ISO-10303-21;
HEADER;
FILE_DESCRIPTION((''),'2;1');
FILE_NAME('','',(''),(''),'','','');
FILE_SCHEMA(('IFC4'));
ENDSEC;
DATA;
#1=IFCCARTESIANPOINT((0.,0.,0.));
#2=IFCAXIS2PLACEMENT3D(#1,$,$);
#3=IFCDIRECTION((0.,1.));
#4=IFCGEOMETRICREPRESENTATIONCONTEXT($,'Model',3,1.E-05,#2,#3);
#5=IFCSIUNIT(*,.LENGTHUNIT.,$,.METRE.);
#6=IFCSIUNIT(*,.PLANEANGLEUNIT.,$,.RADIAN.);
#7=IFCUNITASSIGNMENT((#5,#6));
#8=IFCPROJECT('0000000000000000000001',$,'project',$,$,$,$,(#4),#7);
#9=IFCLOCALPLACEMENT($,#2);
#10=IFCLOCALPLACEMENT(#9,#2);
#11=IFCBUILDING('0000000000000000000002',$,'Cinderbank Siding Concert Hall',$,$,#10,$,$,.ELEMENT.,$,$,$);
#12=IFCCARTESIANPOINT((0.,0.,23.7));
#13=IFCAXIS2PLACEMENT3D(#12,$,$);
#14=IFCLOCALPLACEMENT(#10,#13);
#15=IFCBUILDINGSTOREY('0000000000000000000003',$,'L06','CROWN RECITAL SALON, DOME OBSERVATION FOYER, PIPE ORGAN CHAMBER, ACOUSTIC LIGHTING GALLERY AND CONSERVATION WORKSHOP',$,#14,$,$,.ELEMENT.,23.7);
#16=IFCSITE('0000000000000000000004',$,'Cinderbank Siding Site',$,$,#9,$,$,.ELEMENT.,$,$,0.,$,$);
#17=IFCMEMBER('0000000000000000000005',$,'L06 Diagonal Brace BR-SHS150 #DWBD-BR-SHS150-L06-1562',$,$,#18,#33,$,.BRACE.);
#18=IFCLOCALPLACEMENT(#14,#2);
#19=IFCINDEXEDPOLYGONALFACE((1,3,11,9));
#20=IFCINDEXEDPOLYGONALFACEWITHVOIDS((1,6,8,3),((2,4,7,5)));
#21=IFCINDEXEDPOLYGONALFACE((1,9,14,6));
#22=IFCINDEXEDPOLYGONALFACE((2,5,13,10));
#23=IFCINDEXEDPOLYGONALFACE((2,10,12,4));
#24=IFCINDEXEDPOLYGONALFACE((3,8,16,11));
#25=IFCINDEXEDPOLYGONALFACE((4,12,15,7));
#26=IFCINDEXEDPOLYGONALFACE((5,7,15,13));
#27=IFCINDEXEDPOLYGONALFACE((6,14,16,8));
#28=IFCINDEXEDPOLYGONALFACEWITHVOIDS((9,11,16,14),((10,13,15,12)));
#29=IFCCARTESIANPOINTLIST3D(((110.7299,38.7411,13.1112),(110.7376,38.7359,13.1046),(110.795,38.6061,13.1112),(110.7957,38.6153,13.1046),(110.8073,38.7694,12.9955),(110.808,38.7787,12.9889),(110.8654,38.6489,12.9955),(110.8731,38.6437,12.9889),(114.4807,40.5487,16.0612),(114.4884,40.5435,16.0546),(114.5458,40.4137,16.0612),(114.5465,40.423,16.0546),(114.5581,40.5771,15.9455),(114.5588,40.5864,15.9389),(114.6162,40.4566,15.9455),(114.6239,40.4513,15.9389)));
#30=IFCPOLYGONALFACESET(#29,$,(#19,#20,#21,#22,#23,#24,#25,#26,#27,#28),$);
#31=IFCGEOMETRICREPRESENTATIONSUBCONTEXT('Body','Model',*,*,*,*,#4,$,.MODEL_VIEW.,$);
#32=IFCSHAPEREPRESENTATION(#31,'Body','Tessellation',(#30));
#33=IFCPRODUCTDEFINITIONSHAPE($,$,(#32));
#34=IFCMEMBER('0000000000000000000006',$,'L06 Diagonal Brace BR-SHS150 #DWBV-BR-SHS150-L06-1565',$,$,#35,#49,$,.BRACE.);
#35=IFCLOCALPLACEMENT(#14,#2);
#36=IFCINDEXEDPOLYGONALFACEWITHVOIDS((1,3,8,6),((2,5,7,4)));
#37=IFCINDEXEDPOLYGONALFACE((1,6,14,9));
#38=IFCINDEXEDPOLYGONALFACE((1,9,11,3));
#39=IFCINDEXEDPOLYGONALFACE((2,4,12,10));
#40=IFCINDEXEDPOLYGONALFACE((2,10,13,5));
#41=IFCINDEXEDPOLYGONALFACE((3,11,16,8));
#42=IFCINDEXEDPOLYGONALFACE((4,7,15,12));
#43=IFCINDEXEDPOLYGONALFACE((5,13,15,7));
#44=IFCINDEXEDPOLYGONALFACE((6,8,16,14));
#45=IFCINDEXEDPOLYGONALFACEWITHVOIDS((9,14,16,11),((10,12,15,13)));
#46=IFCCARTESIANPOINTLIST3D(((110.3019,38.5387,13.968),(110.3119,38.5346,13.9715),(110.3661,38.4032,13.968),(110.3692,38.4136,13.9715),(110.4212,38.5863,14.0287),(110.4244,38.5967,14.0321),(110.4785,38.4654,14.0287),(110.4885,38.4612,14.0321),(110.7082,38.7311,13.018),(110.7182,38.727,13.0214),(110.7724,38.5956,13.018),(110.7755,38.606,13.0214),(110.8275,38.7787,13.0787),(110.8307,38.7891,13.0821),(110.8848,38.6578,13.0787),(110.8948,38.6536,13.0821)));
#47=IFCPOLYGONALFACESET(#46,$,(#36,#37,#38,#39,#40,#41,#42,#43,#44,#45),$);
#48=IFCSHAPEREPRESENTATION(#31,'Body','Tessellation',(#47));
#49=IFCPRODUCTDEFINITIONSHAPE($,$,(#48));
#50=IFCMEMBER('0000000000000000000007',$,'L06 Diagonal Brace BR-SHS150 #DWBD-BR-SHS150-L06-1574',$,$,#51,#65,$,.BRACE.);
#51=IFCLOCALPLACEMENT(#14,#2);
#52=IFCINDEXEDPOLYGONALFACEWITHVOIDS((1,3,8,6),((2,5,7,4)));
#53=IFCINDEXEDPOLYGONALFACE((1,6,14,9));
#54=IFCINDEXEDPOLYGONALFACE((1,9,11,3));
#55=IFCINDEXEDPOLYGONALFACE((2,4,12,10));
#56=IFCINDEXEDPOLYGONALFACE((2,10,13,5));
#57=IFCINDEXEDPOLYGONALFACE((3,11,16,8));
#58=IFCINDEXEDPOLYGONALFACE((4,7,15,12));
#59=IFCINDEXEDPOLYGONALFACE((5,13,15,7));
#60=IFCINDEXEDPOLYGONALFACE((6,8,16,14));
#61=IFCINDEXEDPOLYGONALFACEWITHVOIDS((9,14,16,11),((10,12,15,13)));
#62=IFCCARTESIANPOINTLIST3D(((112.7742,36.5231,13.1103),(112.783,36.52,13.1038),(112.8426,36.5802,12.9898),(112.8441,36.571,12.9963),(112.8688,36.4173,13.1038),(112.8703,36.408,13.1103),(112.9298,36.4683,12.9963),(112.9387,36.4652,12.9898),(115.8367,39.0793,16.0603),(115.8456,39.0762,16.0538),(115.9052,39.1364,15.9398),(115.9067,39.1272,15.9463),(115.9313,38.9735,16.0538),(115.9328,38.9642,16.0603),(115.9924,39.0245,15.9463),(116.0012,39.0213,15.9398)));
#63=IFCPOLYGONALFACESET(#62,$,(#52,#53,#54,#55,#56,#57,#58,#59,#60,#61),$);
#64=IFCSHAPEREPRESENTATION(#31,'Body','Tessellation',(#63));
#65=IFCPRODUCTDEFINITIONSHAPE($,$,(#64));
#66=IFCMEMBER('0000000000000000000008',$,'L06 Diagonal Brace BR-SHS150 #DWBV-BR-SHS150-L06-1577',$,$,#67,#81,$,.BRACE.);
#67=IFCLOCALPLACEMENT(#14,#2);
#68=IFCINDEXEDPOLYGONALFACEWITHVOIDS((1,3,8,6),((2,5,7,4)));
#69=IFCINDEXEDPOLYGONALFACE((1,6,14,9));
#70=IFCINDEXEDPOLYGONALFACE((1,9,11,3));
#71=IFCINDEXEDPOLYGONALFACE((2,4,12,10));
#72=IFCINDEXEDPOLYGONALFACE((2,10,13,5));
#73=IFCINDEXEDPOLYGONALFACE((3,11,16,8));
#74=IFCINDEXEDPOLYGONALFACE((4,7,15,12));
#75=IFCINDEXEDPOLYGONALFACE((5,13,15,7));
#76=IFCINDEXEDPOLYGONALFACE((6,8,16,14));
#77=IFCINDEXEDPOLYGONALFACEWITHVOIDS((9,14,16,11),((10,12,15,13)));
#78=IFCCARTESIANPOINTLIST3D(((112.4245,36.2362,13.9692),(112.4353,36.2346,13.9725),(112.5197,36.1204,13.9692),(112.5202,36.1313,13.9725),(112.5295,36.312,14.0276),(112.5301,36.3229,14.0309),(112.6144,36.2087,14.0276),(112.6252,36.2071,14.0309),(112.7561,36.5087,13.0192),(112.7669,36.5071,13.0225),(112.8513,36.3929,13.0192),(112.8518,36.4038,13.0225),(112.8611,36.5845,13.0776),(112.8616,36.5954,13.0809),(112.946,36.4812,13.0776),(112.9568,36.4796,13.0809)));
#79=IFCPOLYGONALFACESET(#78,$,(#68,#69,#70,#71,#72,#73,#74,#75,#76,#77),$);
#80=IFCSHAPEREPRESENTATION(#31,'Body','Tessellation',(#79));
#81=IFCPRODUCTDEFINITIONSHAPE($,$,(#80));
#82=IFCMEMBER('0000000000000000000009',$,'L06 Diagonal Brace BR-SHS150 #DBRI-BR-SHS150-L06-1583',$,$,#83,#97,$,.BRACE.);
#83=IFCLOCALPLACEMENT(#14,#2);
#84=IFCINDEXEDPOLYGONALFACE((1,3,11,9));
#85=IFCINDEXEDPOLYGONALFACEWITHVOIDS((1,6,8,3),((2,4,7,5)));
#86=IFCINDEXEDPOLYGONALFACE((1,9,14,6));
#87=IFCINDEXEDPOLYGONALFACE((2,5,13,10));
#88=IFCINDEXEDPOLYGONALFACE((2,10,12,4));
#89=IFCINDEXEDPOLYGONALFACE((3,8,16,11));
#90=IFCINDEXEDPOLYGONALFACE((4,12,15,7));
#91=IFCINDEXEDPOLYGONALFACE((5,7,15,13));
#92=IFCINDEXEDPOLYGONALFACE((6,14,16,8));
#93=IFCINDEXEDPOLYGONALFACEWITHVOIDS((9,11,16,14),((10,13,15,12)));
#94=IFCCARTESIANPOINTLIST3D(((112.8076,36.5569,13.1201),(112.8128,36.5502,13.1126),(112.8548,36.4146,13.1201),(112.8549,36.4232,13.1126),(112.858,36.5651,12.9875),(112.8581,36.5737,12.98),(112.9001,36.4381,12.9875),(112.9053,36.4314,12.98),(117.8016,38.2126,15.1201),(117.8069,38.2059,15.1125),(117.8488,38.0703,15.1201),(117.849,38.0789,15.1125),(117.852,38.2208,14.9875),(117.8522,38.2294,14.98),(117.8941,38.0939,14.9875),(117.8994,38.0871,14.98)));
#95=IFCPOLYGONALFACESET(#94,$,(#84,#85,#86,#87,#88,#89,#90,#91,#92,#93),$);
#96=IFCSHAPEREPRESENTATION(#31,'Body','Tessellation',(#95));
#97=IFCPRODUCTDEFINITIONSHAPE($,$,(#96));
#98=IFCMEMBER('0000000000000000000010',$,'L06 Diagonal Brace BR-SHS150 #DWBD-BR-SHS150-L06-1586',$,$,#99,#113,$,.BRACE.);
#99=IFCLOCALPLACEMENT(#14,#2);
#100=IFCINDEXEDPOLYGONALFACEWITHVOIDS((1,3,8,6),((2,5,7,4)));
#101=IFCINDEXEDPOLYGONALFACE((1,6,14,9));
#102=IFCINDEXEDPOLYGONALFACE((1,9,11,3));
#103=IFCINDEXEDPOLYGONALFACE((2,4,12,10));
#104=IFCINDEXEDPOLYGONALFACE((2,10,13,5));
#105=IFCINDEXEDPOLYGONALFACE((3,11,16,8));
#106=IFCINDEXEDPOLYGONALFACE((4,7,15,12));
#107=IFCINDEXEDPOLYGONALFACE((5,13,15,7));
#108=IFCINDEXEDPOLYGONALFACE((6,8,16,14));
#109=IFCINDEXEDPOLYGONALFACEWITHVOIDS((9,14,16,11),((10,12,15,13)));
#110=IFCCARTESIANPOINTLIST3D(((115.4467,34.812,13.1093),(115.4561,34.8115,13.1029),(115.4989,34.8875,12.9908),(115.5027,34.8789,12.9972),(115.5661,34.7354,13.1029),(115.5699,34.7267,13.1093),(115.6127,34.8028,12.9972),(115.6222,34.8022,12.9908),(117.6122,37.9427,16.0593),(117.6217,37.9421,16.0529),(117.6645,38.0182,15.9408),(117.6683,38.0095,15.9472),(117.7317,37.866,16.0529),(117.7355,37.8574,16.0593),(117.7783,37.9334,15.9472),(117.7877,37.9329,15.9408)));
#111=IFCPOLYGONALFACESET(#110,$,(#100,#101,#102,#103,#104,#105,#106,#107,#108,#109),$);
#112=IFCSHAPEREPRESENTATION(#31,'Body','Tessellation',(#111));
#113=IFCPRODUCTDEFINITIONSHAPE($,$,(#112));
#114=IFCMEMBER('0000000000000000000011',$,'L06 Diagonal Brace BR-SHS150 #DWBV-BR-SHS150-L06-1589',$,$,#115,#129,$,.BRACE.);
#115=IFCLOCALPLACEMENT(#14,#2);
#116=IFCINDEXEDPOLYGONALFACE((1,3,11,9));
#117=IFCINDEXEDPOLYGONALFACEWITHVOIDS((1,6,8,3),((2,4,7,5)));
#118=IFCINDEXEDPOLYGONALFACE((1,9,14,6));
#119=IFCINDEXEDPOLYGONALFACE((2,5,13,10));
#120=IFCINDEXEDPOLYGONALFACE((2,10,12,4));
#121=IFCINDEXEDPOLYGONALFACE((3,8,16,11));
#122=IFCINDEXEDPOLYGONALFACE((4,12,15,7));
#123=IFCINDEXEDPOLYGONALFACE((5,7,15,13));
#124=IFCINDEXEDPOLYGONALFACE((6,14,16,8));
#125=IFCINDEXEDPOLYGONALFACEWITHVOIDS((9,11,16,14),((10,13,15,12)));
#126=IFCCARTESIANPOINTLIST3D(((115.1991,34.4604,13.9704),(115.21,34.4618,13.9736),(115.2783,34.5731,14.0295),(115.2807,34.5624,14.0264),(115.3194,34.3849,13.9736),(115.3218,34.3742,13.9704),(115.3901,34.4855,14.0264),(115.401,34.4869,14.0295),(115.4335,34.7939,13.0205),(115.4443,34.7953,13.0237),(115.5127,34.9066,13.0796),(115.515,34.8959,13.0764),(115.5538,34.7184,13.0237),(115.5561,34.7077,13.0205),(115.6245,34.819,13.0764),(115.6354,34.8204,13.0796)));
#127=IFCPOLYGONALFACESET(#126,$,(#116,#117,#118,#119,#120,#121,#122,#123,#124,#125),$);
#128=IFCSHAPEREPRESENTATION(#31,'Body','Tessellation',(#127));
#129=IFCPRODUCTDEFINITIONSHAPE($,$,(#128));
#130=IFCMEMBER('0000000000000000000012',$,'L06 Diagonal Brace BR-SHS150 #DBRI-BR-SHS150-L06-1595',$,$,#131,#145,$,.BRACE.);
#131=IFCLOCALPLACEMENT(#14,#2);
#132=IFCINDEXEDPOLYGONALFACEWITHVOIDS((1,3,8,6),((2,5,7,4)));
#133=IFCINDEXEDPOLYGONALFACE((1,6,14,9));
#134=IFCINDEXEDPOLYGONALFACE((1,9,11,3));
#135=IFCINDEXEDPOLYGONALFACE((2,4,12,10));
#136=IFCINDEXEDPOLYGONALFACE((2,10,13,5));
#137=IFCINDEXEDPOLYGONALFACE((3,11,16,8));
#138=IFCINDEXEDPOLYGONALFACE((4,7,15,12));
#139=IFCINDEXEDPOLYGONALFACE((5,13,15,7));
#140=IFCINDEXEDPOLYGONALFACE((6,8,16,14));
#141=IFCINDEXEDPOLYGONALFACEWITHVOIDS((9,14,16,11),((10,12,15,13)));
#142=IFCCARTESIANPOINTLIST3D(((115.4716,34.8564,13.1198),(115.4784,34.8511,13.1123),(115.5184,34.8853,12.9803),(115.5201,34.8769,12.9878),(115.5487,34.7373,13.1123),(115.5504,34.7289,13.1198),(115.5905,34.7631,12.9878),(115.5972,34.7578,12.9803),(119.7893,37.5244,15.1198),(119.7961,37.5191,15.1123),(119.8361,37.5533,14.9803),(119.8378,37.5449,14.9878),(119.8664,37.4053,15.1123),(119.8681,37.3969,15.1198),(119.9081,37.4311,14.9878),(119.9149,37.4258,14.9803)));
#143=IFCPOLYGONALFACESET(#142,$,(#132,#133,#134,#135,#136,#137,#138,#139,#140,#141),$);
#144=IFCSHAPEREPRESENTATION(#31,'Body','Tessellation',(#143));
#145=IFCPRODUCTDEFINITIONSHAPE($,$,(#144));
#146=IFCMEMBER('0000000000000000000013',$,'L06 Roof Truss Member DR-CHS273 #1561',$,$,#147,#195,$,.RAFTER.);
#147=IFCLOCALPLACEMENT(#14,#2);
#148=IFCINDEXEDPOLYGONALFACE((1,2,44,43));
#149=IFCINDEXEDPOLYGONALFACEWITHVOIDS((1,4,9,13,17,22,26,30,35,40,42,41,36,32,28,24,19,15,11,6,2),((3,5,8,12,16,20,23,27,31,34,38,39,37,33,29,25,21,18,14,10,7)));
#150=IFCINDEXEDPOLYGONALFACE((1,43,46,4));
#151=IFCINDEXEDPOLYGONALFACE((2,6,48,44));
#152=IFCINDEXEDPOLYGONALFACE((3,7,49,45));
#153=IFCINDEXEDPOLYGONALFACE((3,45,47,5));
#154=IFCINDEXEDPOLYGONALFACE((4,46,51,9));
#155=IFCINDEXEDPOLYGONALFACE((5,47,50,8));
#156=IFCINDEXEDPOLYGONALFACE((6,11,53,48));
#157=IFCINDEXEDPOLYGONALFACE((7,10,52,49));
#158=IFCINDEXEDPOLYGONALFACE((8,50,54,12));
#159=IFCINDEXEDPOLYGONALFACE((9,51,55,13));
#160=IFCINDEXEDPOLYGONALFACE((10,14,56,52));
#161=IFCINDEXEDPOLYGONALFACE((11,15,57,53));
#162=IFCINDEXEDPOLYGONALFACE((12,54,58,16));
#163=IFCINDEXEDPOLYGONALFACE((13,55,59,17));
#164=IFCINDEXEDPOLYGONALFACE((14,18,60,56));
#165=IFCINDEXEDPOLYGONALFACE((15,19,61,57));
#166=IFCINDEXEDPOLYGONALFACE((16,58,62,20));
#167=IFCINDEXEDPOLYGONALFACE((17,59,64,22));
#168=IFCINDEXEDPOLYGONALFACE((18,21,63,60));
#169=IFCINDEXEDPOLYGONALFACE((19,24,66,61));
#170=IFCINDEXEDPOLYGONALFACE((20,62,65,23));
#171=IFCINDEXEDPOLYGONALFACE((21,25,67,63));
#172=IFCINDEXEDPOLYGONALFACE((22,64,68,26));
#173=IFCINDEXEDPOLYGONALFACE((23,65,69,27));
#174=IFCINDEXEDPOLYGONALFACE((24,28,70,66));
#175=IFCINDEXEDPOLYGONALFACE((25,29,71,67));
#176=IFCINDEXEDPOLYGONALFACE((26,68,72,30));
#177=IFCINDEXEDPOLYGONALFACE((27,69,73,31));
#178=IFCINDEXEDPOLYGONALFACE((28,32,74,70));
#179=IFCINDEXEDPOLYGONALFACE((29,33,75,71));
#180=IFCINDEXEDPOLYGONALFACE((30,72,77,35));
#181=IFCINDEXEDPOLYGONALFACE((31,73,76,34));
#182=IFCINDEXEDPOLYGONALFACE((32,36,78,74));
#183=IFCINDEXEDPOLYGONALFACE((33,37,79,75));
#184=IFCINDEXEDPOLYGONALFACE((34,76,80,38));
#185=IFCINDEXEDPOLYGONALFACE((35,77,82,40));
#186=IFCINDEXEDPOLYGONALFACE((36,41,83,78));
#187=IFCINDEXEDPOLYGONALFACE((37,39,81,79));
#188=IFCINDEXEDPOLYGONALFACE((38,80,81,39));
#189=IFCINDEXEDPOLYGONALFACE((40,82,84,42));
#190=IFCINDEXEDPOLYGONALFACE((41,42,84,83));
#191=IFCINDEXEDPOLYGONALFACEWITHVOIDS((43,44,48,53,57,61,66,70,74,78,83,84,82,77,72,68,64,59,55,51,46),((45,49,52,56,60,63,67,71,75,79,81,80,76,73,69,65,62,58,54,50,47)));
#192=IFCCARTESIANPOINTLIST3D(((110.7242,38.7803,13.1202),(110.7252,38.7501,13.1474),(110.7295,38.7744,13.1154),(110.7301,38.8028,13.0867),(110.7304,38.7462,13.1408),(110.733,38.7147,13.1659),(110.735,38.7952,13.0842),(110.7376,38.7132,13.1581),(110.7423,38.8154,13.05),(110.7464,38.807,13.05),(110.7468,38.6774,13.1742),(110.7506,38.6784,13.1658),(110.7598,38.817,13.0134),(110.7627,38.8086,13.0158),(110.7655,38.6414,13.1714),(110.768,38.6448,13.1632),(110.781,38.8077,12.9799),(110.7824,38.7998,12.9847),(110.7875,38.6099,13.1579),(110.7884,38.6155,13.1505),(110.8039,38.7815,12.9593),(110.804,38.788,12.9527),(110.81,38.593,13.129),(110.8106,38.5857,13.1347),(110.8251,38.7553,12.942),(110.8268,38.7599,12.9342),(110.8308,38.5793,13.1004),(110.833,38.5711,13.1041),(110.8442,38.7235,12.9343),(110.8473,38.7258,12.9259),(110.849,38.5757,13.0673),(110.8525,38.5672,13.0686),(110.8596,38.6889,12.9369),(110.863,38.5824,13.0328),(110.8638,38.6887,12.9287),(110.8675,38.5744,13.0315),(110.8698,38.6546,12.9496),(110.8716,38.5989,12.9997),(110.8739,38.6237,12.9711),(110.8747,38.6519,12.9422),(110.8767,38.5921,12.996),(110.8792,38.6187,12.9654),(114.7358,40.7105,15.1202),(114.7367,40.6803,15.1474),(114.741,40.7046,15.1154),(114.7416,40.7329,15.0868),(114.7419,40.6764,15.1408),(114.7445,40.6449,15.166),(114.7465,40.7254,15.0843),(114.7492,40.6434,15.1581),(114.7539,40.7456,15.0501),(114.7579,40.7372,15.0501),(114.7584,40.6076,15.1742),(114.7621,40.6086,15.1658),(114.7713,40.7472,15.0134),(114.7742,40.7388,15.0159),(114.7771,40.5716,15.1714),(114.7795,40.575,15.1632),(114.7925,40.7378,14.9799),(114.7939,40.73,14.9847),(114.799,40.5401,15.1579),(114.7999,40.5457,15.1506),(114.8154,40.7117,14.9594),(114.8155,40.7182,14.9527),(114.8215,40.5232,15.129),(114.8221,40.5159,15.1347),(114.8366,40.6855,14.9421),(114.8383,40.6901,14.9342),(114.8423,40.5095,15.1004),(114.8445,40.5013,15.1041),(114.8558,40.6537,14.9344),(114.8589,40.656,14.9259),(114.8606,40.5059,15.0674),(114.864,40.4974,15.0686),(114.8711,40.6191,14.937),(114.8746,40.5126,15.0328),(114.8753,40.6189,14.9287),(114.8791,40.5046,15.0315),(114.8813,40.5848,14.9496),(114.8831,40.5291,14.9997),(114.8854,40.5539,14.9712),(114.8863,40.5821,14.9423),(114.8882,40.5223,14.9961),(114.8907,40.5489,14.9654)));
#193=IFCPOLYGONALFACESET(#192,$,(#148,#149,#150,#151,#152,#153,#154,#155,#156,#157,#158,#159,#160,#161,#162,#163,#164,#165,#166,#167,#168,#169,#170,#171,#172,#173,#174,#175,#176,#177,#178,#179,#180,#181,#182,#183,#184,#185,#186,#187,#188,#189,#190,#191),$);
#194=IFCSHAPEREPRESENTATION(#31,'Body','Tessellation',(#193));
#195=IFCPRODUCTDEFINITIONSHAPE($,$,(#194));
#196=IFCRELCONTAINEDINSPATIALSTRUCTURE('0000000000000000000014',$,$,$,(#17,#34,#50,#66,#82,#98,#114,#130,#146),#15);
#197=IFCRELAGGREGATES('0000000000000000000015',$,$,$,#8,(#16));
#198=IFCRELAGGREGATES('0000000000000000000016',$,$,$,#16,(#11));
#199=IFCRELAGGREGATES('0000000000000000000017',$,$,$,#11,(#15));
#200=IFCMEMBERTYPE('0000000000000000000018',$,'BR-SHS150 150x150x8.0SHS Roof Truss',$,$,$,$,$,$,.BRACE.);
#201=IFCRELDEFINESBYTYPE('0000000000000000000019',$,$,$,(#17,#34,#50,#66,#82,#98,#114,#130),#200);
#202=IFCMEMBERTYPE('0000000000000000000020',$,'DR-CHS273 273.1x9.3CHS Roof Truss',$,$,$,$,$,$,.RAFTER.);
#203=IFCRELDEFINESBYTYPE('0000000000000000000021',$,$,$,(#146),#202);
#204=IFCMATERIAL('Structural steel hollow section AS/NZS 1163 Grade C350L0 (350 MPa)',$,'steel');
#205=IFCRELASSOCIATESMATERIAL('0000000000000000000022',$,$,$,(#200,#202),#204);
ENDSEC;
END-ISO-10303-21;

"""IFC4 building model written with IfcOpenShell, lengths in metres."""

from ifc_helpers import new_model, si_unit, direction, frame, origin, origin_2d, place, context, subcontext, project, spatial, hollow_rectangle, hollow_circle, extrude, material, material_profile, profile_set, type_object, element, save


model = new_model("IFC4")

# Units and contexts
model_context = context("Model", 3, precision=1e-05, world=origin(), true_north=direction((0.0, 1.0)))
body_context = subcontext(model_context, "Body", "Model", "MODEL_VIEW")
ifc_project = project(units=[si_unit("LENGTHUNIT", "METRE"), si_unit("PLANEANGLEUNIT", "RADIAN")], contexts=[model_context])

# Site, building, storey
site_placement = place(None, origin())
site = spatial("IfcSite", under=ifc_project, at=site_placement, Name="Cinderbank Siding Site", CompositionType="ELEMENT", RefElevation=0.0)
building_placement = place(site_placement, origin())
building = spatial("IfcBuilding", under=site, at=building_placement, Name="Cinderbank Siding Concert Hall", CompositionType="ELEMENT")
storey_placement = place(building_placement, frame((0.0, 0.0, 23.7)))
storey = spatial("IfcBuildingStorey", under=building, at=storey_placement, Name="L06", Description="CROWN RECITAL SALON, DOME OBSERVATION FOYER, PIPE ORGAN CHAMBER, ACOUSTIC LIGHTING GALLERY AND CONSERVATION WORKSHOP", CompositionType="ELEMENT", Elevation=23.7)

# Members
ifc_material_1 = material(Name="Structural steel hollow section AS/NZS 1163 Grade C350L0 (350 MPa)", Category="steel")
ifc_material_profile_1 = material_profile(ifc_material_1, hollow_rectangle(XDim=0.1499, YDim=0.1499, WallThickness=0.0081, at=origin_2d()), Name="150x150x8.0SHS", Category="LoadBearing")
ifc_profile_set_1 = profile_set([ifc_material_profile_1], Name="Structural steel hollow section AS/NZS 1163 Grade C350L0 (350 MPa)")
member_type_1 = type_object("IfcMemberType", Name="BR-SHS150 150x150x8.0SHS Roof Truss", PredefinedType="BRACE", material=ifc_profile_set_1)
member_1_placement = place(storey_placement, frame((110.8015, 38.6924, 13.05), z_axis=(0.735047, 0.354246, 0.578114), x_axis=(-0.434149, 0.900841, 0.0)))
element("IfcMember", 1, at=member_1_placement, inside=storey, type_object=member_type_1, Name="L06 Diagonal Brace BR-SHS150 #DWBD-BR-SHS150-L06-1562", PredefinedType="BRACE", context=body_context, shape_type="SweptSolid", body=[
    extrude(hollow_rectangle(XDim=0.1499, YDim=0.1499, WallThickness=0.0081, at=origin_2d()), origin(), (0.0, 0.0, 1.0), 5.1028),
])
member_2_placement = place(storey_placement, frame((110.8015, 38.6924, 13.05), z_axis=(-0.386562, -0.183059, 0.903913), x_axis=(0.427993, -0.903782, 0.0)))
element("IfcMember", 2, at=member_2_placement, inside=storey, type_object=member_type_1, Name="L06 Diagonal Brace BR-SHS150 #DWBV-BR-SHS150-L06-1565", PredefinedType="BRACE", context=body_context, shape_type="SweptSolid", body=[
    extrude(hollow_rectangle(XDim=0.1499, YDim=0.1499, WallThickness=0.0081, at=origin_2d()), origin(), (0.0, 0.0, 1.0), 1.051),
])
member_3_placement = place(storey_placement, frame((112.8564, 36.4941, 13.05), z_axis=(0.617271, 0.515213, 0.594586), x_axis=(-0.640786, 0.767719, 0.0)))
element("IfcMember", 3, at=member_3_placement, inside=storey, type_object=member_type_1, Name="L06 Diagonal Brace BR-SHS150 #DWBD-BR-SHS150-L06-1574", PredefinedType="BRACE", context=body_context, shape_type="SweptSolid", body=[
    extrude(hollow_rectangle(XDim=0.1499, YDim=0.1499, WallThickness=0.0081, at=origin_2d()), origin(), (0.0, 0.0, 1.0), 4.9614),
])
member_4_placement = place(storey_placement, frame((112.8564, 36.4941, 13.05), z_axis=(-0.318062, -0.261383, 0.911326), x_axis=(0.634909, -0.772587, 0.0)))
element("IfcMember", 4, at=member_4_placement, inside=storey, type_object=member_type_1, Name="L06 Diagonal Brace BR-SHS150 #DWBV-BR-SHS150-L06-1577", PredefinedType="BRACE", context=body_context, shape_type="SweptSolid", body=[
    extrude(hollow_rectangle(XDim=0.1499, YDim=0.1499, WallThickness=0.0081, at=origin_2d()), origin(), (0.0, 0.0, 1.0), 1.0425),
])
member_5_placement = place(storey_placement, frame((112.8564, 36.4941, 13.05), z_axis=(0.887253, 0.294161, 0.355318), x_axis=(-0.314696, 0.949192, 0.0)))
element("IfcMember", 5, at=member_5_placement, inside=storey, type_object=member_type_1, Name="L06 Diagonal Brace BR-SHS150 #DBRI-BR-SHS150-L06-1583", PredefinedType="BRACE", context=body_context, shape_type="SweptSolid", body=[
    extrude(hollow_rectangle(XDim=0.1499, YDim=0.1499, WallThickness=0.0081, at=origin_2d()), origin(), (0.0, 0.0, 1.0), 5.6287),
])
member_6_placement = place(storey_placement, frame((115.5344, 34.8071, 13.05), z_axis=(0.449666, 0.650064, 0.61255), x_axis=(-0.822416, 0.568886, 0.0)))
element("IfcMember", 6, at=member_6_placement, inside=storey, type_object=member_type_1, Name="L06 Diagonal Brace BR-SHS150 #DWBD-BR-SHS150-L06-1586", PredefinedType="BRACE", context=body_context, shape_type="SweptSolid", body=[
    extrude(hollow_rectangle(XDim=0.1499, YDim=0.1499, WallThickness=0.0081, at=origin_2d()), origin(), (0.0, 0.0, 1.0), 4.8159),
])
member_7_placement = place(storey_placement, frame((115.5344, 34.8071, 13.05), z_axis=(-0.226732, -0.32262, 0.918972), x_axis=(0.818161, -0.574989, 0.0)))
element("IfcMember", 7, at=member_7_placement, inside=storey, type_object=member_type_1, Name="L06 Diagonal Brace BR-SHS150 #DWBV-BR-SHS150-L06-1589", PredefinedType="BRACE", context=body_context, shape_type="SweptSolid", body=[
    extrude(hollow_rectangle(XDim=0.1499, YDim=0.1499, WallThickness=0.0081, at=origin_2d()), origin(), (0.0, 0.0, 1.0), 1.0337),
])
member_8_placement = place(storey_placement, frame((115.5344, 34.8071, 13.05), z_axis=(0.79146, 0.489063, 0.366618), x_axis=(-0.525664, 0.850692, 0.0)))
element("IfcMember", 8, at=member_8_placement, inside=storey, type_object=member_type_1, Name="L06 Diagonal Brace BR-SHS150 #DBRI-BR-SHS150-L06-1595", PredefinedType="BRACE", context=body_context, shape_type="SweptSolid", body=[
    extrude(hollow_rectangle(XDim=0.1499, YDim=0.1499, WallThickness=0.0081, at=origin_2d()), origin(), (0.0, 0.0, 1.0), 5.4553),
])
ifc_material_profile_2 = material_profile(ifc_material_1, hollow_circle(Radius=0.1365, WallThickness=0.0093, at=origin_2d()), Name="273.1x9.3CHS", Category="LoadBearing")
ifc_profile_set_2 = profile_set([ifc_material_profile_2], Name="Structural steel hollow section AS/NZS 1163 Grade C350L0 (350 MPa)")
member_type_2 = type_object("IfcMemberType", Name="DR-CHS273 273.1x9.3CHS Roof Truss", PredefinedType="RAFTER", material=ifc_profile_set_2)
member_9_placement = place(storey_placement, frame((110.8015, 38.6924, 13.05), z_axis=(0.82197, 0.395502, 0.409809), x_axis=(-0.433583, 0.901114, 0.0)))
element("IfcMember", 9, at=member_9_placement, inside=storey, type_object=member_type_2, Name="L06 Roof Truss Member DR-CHS273 #1561", PredefinedType="RAFTER", context=body_context, shape_type="SweptSolid", body=[
    extrude(hollow_circle(Radius=0.1365, WallThickness=0.0093, at=origin_2d()), origin(), (0.0, 0.0, 1.0), 4.8804),
])

save(model, "model.ifc")
